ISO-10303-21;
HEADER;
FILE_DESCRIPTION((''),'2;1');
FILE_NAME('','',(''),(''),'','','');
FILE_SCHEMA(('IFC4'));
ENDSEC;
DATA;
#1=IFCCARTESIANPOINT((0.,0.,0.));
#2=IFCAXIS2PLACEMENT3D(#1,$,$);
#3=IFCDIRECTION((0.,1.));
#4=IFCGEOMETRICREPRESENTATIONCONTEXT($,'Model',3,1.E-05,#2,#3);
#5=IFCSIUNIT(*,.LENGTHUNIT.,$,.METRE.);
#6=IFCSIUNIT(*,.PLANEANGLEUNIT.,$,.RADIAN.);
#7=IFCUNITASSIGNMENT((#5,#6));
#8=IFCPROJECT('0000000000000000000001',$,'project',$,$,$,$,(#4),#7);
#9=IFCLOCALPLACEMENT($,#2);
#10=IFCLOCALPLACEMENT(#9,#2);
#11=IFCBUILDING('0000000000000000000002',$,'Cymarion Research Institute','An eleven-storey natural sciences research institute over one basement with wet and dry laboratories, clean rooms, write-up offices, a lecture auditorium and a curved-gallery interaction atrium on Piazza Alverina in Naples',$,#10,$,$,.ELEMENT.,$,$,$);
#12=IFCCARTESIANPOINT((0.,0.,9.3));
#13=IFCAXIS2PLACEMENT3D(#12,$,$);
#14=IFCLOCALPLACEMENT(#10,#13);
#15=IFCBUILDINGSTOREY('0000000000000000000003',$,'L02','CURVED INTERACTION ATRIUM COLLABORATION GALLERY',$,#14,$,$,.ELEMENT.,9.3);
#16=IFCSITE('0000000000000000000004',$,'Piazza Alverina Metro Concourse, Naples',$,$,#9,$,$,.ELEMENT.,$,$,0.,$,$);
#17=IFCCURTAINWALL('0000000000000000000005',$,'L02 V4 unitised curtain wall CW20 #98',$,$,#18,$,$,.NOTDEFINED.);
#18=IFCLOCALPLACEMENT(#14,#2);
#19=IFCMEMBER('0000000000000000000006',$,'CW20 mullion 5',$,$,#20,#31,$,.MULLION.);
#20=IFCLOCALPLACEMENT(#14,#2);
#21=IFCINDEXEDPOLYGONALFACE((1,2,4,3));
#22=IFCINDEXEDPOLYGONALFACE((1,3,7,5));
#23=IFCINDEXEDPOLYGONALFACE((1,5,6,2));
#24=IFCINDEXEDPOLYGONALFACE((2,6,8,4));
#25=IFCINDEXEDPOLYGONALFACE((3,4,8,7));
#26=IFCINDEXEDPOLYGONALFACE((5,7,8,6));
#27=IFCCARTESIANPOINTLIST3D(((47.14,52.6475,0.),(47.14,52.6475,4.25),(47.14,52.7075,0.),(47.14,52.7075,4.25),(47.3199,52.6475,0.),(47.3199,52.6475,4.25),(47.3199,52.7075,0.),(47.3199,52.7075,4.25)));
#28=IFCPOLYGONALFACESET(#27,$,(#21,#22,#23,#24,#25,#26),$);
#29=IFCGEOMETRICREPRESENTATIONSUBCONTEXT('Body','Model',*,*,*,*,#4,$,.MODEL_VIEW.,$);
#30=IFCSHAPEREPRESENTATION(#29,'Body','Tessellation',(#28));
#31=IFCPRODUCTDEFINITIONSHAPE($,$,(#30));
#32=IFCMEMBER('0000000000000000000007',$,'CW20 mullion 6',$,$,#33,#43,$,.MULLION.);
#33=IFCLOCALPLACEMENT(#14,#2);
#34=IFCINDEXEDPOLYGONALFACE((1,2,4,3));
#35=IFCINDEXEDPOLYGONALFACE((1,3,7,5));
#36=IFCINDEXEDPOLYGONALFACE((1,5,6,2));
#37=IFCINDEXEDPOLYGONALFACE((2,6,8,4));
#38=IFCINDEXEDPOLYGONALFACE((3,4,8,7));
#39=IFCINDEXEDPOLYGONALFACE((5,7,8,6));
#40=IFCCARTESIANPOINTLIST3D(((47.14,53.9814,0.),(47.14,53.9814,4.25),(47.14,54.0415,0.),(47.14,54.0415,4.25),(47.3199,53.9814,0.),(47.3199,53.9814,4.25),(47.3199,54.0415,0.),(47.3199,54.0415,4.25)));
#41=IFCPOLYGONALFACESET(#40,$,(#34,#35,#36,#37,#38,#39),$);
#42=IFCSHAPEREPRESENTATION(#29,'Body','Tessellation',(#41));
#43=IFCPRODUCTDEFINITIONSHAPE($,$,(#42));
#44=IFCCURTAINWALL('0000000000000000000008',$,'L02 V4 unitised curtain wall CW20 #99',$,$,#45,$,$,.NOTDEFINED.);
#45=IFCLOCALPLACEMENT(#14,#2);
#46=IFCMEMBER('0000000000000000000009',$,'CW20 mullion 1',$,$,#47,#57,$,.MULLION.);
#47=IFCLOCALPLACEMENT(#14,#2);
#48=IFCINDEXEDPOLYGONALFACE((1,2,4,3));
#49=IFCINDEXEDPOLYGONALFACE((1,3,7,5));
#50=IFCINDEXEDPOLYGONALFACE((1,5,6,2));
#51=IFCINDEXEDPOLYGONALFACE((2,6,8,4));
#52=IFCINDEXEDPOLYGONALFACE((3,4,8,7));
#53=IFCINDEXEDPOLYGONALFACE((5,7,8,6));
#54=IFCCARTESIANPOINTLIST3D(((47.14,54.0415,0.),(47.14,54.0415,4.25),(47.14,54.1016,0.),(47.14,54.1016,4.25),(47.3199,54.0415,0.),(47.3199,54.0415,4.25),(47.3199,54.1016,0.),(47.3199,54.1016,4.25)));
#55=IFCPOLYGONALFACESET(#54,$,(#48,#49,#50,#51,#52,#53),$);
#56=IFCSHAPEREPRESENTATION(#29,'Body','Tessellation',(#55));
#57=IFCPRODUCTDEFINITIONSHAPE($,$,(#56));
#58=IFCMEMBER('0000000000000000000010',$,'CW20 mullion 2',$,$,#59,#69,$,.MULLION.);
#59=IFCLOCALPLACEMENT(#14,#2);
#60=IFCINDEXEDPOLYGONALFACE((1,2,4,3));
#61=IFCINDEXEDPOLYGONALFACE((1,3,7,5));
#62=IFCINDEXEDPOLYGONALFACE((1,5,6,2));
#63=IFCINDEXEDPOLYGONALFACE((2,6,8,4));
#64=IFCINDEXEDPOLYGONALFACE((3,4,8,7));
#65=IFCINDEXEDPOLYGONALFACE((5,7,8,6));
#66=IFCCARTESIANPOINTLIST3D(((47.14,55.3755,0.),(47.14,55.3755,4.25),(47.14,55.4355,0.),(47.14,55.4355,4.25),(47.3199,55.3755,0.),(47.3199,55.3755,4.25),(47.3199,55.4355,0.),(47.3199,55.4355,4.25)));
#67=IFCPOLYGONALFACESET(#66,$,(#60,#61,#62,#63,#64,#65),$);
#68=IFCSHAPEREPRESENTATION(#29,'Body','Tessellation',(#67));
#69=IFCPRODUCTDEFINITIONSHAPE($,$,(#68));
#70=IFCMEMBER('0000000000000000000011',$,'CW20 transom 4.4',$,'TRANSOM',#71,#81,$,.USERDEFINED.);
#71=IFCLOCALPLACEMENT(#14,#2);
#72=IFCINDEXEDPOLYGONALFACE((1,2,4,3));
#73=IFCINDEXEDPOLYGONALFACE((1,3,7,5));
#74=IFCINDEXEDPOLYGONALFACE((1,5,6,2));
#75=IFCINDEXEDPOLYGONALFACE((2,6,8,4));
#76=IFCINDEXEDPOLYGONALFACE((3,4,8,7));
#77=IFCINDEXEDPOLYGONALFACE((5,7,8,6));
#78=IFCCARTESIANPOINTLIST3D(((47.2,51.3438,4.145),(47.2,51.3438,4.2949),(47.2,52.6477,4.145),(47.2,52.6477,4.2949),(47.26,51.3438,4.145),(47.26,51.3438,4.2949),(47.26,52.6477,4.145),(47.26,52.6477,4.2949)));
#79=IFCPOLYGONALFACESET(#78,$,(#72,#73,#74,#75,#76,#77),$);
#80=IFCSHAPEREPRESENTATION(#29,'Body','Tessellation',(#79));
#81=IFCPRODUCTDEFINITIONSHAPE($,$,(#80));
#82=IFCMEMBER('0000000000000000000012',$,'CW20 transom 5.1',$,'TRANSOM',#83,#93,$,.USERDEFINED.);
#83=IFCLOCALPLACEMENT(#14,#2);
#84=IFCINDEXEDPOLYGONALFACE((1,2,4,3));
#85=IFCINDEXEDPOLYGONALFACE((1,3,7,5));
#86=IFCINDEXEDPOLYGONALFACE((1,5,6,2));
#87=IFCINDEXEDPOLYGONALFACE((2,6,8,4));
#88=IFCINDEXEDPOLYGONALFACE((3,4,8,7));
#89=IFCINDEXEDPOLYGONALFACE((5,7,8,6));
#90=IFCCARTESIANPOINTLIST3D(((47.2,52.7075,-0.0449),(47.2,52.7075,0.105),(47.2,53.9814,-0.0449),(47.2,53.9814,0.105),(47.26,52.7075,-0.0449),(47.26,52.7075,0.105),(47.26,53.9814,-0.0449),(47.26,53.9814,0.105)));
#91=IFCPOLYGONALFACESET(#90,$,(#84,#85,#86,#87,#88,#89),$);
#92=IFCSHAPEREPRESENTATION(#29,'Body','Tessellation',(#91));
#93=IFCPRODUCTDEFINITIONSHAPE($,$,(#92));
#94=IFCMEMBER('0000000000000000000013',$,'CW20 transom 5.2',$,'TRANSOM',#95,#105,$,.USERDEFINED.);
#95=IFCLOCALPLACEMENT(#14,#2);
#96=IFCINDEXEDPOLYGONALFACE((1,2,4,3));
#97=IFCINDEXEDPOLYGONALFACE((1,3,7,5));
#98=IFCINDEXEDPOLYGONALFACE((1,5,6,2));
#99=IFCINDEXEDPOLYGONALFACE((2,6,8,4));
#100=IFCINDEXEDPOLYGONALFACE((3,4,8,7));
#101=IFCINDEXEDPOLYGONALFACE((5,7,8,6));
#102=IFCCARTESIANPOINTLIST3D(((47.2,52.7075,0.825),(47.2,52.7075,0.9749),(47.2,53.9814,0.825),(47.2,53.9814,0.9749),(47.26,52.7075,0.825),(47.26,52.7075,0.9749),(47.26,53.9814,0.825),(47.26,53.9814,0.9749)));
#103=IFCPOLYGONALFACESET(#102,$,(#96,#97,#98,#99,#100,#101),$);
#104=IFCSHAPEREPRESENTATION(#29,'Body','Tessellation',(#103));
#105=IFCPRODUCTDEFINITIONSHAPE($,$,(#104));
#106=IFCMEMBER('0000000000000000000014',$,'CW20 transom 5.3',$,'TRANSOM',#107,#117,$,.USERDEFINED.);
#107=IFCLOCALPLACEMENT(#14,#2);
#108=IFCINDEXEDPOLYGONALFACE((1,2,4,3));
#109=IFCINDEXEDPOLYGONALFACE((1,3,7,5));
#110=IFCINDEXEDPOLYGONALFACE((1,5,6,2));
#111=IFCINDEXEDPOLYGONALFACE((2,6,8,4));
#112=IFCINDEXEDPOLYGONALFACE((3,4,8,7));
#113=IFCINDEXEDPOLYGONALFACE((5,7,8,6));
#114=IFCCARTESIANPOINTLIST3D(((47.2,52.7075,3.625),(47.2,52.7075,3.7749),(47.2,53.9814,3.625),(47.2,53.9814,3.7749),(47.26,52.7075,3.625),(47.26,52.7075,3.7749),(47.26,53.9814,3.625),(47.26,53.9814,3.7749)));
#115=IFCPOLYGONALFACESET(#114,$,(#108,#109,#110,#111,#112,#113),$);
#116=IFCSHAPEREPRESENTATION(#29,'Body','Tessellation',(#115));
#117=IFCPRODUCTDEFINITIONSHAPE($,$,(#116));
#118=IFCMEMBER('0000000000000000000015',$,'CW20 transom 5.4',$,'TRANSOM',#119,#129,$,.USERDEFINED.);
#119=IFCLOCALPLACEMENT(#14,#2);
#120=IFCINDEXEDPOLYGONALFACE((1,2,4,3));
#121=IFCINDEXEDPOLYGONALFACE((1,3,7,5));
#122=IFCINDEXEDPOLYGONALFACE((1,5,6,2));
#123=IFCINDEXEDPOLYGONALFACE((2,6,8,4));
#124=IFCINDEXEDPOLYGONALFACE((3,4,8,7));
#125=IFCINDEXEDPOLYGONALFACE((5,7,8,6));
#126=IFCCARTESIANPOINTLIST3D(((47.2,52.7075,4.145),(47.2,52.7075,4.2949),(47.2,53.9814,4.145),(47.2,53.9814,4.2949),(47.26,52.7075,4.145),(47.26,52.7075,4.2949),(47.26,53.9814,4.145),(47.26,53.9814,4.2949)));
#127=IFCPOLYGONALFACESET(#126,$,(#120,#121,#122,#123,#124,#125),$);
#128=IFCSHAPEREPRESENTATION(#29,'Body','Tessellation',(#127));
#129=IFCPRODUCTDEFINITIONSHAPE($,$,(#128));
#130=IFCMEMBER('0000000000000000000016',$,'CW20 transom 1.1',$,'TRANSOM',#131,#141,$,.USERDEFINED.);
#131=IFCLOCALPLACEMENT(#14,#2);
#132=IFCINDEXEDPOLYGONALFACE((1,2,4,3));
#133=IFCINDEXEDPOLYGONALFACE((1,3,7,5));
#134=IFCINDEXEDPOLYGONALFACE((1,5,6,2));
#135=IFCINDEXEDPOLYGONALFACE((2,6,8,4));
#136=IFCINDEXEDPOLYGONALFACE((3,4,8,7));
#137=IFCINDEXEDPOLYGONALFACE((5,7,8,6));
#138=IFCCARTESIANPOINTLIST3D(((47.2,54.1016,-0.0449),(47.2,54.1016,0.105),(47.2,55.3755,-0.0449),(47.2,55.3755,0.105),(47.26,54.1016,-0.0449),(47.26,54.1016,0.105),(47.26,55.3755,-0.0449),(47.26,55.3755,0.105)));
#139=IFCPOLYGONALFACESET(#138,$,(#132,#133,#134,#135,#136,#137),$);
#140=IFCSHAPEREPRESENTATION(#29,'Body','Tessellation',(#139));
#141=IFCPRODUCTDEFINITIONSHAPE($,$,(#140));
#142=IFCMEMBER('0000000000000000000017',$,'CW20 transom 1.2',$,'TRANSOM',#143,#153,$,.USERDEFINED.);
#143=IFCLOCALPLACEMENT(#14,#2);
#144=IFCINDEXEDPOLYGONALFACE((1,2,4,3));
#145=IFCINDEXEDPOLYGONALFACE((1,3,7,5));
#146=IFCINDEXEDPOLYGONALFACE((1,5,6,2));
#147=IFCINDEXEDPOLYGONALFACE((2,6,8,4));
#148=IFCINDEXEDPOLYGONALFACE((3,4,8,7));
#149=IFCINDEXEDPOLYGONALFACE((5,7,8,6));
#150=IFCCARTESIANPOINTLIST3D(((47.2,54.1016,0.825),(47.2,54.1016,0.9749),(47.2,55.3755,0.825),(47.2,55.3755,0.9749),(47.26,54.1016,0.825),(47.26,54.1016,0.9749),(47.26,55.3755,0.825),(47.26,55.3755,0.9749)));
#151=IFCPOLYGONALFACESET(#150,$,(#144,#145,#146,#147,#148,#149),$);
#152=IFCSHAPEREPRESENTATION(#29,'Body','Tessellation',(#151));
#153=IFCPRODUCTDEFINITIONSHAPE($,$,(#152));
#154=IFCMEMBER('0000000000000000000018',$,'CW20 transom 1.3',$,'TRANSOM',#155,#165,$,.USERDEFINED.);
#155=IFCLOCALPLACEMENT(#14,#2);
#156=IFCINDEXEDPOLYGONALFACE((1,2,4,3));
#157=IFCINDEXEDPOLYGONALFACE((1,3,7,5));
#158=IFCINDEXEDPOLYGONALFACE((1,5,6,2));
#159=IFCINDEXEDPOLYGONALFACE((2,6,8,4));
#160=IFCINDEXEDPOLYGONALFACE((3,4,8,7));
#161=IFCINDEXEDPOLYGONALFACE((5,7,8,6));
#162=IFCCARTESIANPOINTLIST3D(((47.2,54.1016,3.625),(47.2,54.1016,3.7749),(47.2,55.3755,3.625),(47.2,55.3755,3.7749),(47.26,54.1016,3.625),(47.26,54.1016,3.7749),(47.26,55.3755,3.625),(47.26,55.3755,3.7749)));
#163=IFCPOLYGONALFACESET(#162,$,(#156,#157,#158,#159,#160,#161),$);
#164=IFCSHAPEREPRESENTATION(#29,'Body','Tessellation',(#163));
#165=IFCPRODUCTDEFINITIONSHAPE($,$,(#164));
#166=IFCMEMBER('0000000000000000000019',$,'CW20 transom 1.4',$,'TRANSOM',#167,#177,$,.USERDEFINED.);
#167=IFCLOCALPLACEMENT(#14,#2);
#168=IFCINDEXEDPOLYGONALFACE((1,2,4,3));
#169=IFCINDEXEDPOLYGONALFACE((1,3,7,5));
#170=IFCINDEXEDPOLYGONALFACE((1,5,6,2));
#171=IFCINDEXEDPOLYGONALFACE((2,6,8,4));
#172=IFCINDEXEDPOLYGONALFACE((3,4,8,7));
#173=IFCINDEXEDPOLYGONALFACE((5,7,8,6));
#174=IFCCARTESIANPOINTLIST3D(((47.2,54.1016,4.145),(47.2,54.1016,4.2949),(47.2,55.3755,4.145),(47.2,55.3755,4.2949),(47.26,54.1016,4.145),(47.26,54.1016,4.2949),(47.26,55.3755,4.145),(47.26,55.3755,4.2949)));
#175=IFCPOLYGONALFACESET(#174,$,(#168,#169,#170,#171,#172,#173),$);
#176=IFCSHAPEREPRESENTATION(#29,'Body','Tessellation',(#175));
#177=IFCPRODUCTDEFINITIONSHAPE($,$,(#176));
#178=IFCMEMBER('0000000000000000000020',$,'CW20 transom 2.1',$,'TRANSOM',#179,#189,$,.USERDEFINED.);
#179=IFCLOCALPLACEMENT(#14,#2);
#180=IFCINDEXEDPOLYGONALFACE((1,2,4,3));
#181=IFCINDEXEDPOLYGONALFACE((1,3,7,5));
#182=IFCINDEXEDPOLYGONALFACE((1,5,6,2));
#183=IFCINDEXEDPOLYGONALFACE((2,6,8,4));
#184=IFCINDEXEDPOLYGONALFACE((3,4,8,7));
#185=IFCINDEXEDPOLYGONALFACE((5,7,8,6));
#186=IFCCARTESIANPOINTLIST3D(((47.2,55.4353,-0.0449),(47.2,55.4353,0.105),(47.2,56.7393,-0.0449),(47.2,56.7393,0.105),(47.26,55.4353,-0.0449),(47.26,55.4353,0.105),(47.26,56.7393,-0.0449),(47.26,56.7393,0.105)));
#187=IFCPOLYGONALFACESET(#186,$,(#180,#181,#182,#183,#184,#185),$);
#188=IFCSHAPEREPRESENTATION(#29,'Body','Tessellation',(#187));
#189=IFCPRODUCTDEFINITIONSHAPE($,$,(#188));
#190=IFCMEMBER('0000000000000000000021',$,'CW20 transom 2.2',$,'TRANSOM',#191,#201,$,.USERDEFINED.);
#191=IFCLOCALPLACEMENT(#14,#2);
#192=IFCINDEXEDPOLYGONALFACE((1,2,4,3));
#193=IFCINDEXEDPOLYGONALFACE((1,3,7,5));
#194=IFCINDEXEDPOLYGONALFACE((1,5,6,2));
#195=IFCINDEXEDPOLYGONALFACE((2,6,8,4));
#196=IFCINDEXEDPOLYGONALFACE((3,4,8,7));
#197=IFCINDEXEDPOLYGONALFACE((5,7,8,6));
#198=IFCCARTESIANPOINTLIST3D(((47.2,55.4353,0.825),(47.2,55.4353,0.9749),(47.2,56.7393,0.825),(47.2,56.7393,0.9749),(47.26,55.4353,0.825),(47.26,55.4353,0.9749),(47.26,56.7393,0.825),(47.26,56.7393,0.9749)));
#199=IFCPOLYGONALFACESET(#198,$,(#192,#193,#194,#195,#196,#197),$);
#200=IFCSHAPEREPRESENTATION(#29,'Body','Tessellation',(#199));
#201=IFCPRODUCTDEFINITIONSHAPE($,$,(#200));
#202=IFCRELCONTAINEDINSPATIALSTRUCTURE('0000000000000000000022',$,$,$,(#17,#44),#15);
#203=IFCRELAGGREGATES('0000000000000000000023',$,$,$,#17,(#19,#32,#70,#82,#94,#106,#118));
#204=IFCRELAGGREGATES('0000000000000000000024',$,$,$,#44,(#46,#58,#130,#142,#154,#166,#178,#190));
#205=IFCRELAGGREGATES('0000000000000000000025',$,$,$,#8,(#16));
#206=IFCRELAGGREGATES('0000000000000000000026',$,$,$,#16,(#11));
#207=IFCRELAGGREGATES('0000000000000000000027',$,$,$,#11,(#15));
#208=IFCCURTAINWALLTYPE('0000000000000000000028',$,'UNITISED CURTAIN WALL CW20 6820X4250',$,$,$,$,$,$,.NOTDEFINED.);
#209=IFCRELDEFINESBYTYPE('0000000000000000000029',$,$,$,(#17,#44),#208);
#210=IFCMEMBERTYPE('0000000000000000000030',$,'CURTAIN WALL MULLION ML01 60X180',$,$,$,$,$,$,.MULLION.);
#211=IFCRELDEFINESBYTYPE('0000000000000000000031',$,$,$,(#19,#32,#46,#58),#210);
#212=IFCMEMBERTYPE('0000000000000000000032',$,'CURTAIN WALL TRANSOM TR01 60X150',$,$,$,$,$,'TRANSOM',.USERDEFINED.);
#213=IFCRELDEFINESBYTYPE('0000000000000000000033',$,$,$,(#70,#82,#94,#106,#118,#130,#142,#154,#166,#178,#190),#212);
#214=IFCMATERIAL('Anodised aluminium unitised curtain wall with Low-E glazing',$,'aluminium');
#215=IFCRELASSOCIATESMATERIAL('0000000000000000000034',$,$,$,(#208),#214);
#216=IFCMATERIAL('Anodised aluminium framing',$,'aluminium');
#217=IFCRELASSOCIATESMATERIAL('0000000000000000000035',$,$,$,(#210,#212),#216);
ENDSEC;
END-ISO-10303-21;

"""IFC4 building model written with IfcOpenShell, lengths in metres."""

from ifc_helpers import new_model, si_unit, direction, frame, origin, origin_2d, place, context, subcontext, project, spatial, rectangle, extrude, material, material_profile, profile_set, type_object, element, aggregate, save


model = new_model("IFC4")

# Units and contexts
model_context = context("Model", 3, precision=1e-05, world=origin(), true_north=direction((0.0, 1.0)))
body_context = subcontext(model_context, "Body", "Model", "MODEL_VIEW")
ifc_project = project(units=[si_unit("LENGTHUNIT", "METRE"), si_unit("PLANEANGLEUNIT", "RADIAN")], contexts=[model_context])

# Site, building, storey
site_placement = place(None, origin())
site = spatial("IfcSite", under=ifc_project, at=site_placement, Name="Piazza Alverina Metro Concourse, Naples", CompositionType="ELEMENT", RefElevation=0.0)
building_placement = place(site_placement, origin())
building = spatial("IfcBuilding", under=site, at=building_placement, Name="Cymarion Research Institute", Description="An eleven-storey natural sciences research institute over one basement with wet and dry laboratories, clean rooms, write-up offices, a lecture auditorium and a curved-gallery interaction atrium on Piazza Alverina in Naples", CompositionType="ELEMENT")
storey_placement = place(building_placement, frame((0.0, 0.0, 9.3)))
storey = spatial("IfcBuildingStorey", under=building, at=storey_placement, Name="L02", Description="CURVED INTERACTION ATRIUM COLLABORATION GALLERY", CompositionType="ELEMENT", Elevation=9.3)

# Curtain walls, members
ifc_material_1 = material(Name="Anodised aluminium unitised curtain wall with Low-E glazing", Category="aluminium")
curtain_wall_type = type_object("IfcCurtainWallType", Name="UNITISED CURTAIN WALL CW20 6820X4250", PredefinedType="NOTDEFINED", material=ifc_material_1)
curtain_wall_1_placement = place(storey_placement, origin())
curtain_wall_1 = element("IfcCurtainWall", 1, at=curtain_wall_1_placement, inside=storey, type_object=curtain_wall_type, Name="L02 V4 unitised curtain wall CW20 #98", PredefinedType="NOTDEFINED")
ifc_material_2 = material(Name="Anodised aluminium framing", Category="aluminium")
ifc_material_profile_1 = material_profile(ifc_material_2, rectangle(XDim=0.0601, YDim=0.1799, at=origin_2d()), Name="ALU MULLION 60x180")
ifc_profile_set_1 = profile_set([ifc_material_profile_1], Name="Anodised aluminium framing")
member_type_1 = type_object("IfcMemberType", Name="CURTAIN WALL MULLION ML01 60X180", PredefinedType="MULLION", material=ifc_profile_set_1)
member_1_placement = place(storey_placement, frame((47.23, 52.6775, 0.0), z_axis=(0.0, 0.0, 1.0), x_axis=(0.0, 1.0, 0.0)))
member_1 = element("IfcMember", 2, at=member_1_placement, type_object=member_type_1, Name="CW20 mullion 5", PredefinedType="MULLION", context=body_context, shape_type="SweptSolid", body=[
    extrude(rectangle(XDim=0.0601, YDim=0.1799, at=origin_2d()), origin(), (0.0, 0.0, 1.0), 4.25),
])
member_2_placement = place(storey_placement, frame((47.23, 54.0115, 0.0), z_axis=(0.0, 0.0, 1.0), x_axis=(0.0, 1.0, 0.0)))
member_2 = element("IfcMember", 3, at=member_2_placement, type_object=member_type_1, Name="CW20 mullion 6", PredefinedType="MULLION", context=body_context, shape_type="SweptSolid", body=[
    extrude(rectangle(XDim=0.0601, YDim=0.1799, at=origin_2d()), origin(), (0.0, 0.0, 1.0), 4.25),
])
curtain_wall_2_placement = place(storey_placement, origin())
curtain_wall_2 = element("IfcCurtainWall", 4, at=curtain_wall_2_placement, inside=storey, type_object=curtain_wall_type, Name="L02 V4 unitised curtain wall CW20 #99", PredefinedType="NOTDEFINED")
member_3_placement = place(storey_placement, frame((47.23, 54.0715, 0.0), z_axis=(0.0, 0.0, 1.0), x_axis=(0.0, 1.0, 0.0)))
member_3 = element("IfcMember", 5, at=member_3_placement, type_object=member_type_1, Name="CW20 mullion 1", PredefinedType="MULLION", context=body_context, shape_type="SweptSolid", body=[
    extrude(rectangle(XDim=0.0601, YDim=0.1799, at=origin_2d()), origin(), (0.0, 0.0, 1.0), 4.25),
])
member_4_placement = place(storey_placement, frame((47.23, 55.4055, 0.0), z_axis=(0.0, 0.0, 1.0), x_axis=(0.0, 1.0, 0.0)))
member_4 = element("IfcMember", 6, at=member_4_placement, type_object=member_type_1, Name="CW20 mullion 2", PredefinedType="MULLION", context=body_context, shape_type="SweptSolid", body=[
    extrude(rectangle(XDim=0.0601, YDim=0.1799, at=origin_2d()), origin(), (0.0, 0.0, 1.0), 4.25),
])

# Members
ifc_material_profile_2 = material_profile(ifc_material_2, rectangle(XDim=0.0601, YDim=0.1499, at=origin_2d()), Name="ALU TRANSOM 60x150")
ifc_profile_set_2 = profile_set([ifc_material_profile_2], Name="Anodised aluminium framing")
member_type_2 = type_object("IfcMemberType", Name="CURTAIN WALL TRANSOM TR01 60X150", ElementType="TRANSOM", PredefinedType="USERDEFINED", material=ifc_profile_set_2)
member_5_placement = place(storey_placement, frame((47.23, 51.3438, 4.22), z_axis=(0.0, 1.0, 0.0), x_axis=(-1.0, 0.0, 0.0)))
member_5 = element("IfcMember", 7, at=member_5_placement, type_object=member_type_2, Name="CW20 transom 4.4", ObjectType="TRANSOM", PredefinedType="USERDEFINED", context=body_context, shape_type="SweptSolid", body=[
    extrude(rectangle(XDim=0.0601, YDim=0.1499, at=origin_2d()), origin(), (0.0, 0.0, 1.0), 1.304),
])
member_6_placement = place(storey_placement, frame((47.23, 52.7075, 0.03), z_axis=(0.0, 1.0, 0.0), x_axis=(-1.0, 0.0, 0.0)))
member_6 = element("IfcMember", 8, at=member_6_placement, type_object=member_type_2, Name="CW20 transom 5.1", ObjectType="TRANSOM", PredefinedType="USERDEFINED", context=body_context, shape_type="SweptSolid", body=[
    extrude(rectangle(XDim=0.0601, YDim=0.1499, at=origin_2d()), origin(), (0.0, 0.0, 1.0), 1.2739),
])
member_7_placement = place(storey_placement, frame((47.23, 52.7075, 0.8999), z_axis=(0.0, 1.0, 0.0), x_axis=(-1.0, 0.0, 0.0)))
member_7 = element("IfcMember", 9, at=member_7_placement, type_object=member_type_2, Name="CW20 transom 5.2", ObjectType="TRANSOM", PredefinedType="USERDEFINED", context=body_context, shape_type="SweptSolid", body=[
    extrude(rectangle(XDim=0.0601, YDim=0.1499, at=origin_2d()), origin(), (0.0, 0.0, 1.0), 1.2739),
])
member_8_placement = place(storey_placement, frame((47.23, 52.7075, 3.7), z_axis=(0.0, 1.0, 0.0), x_axis=(-1.0, 0.0, 0.0)))
member_8 = element("IfcMember", 10, at=member_8_placement, type_object=member_type_2, Name="CW20 transom 5.3", ObjectType="TRANSOM", PredefinedType="USERDEFINED", context=body_context, shape_type="SweptSolid", body=[
    extrude(rectangle(XDim=0.0601, YDim=0.1499, at=origin_2d()), origin(), (0.0, 0.0, 1.0), 1.2739),
])
member_9_placement = place(storey_placement, frame((47.23, 52.7075, 4.22), z_axis=(0.0, 1.0, 0.0), x_axis=(-1.0, 0.0, 0.0)))
member_9 = element("IfcMember", 11, at=member_9_placement, type_object=member_type_2, Name="CW20 transom 5.4", ObjectType="TRANSOM", PredefinedType="USERDEFINED", context=body_context, shape_type="SweptSolid", body=[
    extrude(rectangle(XDim=0.0601, YDim=0.1499, at=origin_2d()), origin(), (0.0, 0.0, 1.0), 1.2739),
])
member_10_placement = place(storey_placement, frame((47.23, 54.1016, 0.03), z_axis=(0.0, 1.0, 0.0), x_axis=(-1.0, 0.0, 0.0)))
member_10 = element("IfcMember", 12, at=member_10_placement, type_object=member_type_2, Name="CW20 transom 1.1", ObjectType="TRANSOM", PredefinedType="USERDEFINED", context=body_context, shape_type="SweptSolid", body=[
    extrude(rectangle(XDim=0.0601, YDim=0.1499, at=origin_2d()), origin(), (0.0, 0.0, 1.0), 1.2739),
])
member_11_placement = place(storey_placement, frame((47.23, 54.1016, 0.8999), z_axis=(0.0, 1.0, 0.0), x_axis=(-1.0, 0.0, 0.0)))
member_11 = element("IfcMember", 13, at=member_11_placement, type_object=member_type_2, Name="CW20 transom 1.2", ObjectType="TRANSOM", PredefinedType="USERDEFINED", context=body_context, shape_type="SweptSolid", body=[
    extrude(rectangle(XDim=0.0601, YDim=0.1499, at=origin_2d()), origin(), (0.0, 0.0, 1.0), 1.2739),
])
member_12_placement = place(storey_placement, frame((47.23, 54.1016, 3.7), z_axis=(0.0, 1.0, 0.0), x_axis=(-1.0, 0.0, 0.0)))
member_12 = element("IfcMember", 14, at=member_12_placement, type_object=member_type_2, Name="CW20 transom 1.3", ObjectType="TRANSOM", PredefinedType="USERDEFINED", context=body_context, shape_type="SweptSolid", body=[
    extrude(rectangle(XDim=0.0601, YDim=0.1499, at=origin_2d()), origin(), (0.0, 0.0, 1.0), 1.2739),
])
member_13_placement = place(storey_placement, frame((47.23, 54.1016, 4.22), z_axis=(0.0, 1.0, 0.0), x_axis=(-1.0, 0.0, 0.0)))
member_13 = element("IfcMember", 15, at=member_13_placement, type_object=member_type_2, Name="CW20 transom 1.4", ObjectType="TRANSOM", PredefinedType="USERDEFINED", context=body_context, shape_type="SweptSolid", body=[
    extrude(rectangle(XDim=0.0601, YDim=0.1499, at=origin_2d()), origin(), (0.0, 0.0, 1.0), 1.2739),
])
member_14_placement = place(storey_placement, frame((47.23, 55.4353, 0.03), z_axis=(0.0, 1.0, 0.0), x_axis=(-1.0, 0.0, 0.0)))
member_14 = element("IfcMember", 16, at=member_14_placement, type_object=member_type_2, Name="CW20 transom 2.1", ObjectType="TRANSOM", PredefinedType="USERDEFINED", context=body_context, shape_type="SweptSolid", body=[
    extrude(rectangle(XDim=0.0601, YDim=0.1499, at=origin_2d()), origin(), (0.0, 0.0, 1.0), 1.304),
])
member_15_placement = place(storey_placement, frame((47.23, 55.4353, 0.8999), z_axis=(0.0, 1.0, 0.0), x_axis=(-1.0, 0.0, 0.0)))
member_15 = element("IfcMember", 17, at=member_15_placement, type_object=member_type_2, Name="CW20 transom 2.2", ObjectType="TRANSOM", PredefinedType="USERDEFINED", context=body_context, shape_type="SweptSolid", body=[
    extrude(rectangle(XDim=0.0601, YDim=0.1499, at=origin_2d()), origin(), (0.0, 0.0, 1.0), 1.304),
])

aggregate(curtain_wall_1, [member_1, member_2, member_5, member_6, member_7, member_8, member_9])
aggregate(curtain_wall_2, [member_3, member_4, member_10, member_11, member_12, member_13, member_14, member_15])

save(model, "model.ifc")
